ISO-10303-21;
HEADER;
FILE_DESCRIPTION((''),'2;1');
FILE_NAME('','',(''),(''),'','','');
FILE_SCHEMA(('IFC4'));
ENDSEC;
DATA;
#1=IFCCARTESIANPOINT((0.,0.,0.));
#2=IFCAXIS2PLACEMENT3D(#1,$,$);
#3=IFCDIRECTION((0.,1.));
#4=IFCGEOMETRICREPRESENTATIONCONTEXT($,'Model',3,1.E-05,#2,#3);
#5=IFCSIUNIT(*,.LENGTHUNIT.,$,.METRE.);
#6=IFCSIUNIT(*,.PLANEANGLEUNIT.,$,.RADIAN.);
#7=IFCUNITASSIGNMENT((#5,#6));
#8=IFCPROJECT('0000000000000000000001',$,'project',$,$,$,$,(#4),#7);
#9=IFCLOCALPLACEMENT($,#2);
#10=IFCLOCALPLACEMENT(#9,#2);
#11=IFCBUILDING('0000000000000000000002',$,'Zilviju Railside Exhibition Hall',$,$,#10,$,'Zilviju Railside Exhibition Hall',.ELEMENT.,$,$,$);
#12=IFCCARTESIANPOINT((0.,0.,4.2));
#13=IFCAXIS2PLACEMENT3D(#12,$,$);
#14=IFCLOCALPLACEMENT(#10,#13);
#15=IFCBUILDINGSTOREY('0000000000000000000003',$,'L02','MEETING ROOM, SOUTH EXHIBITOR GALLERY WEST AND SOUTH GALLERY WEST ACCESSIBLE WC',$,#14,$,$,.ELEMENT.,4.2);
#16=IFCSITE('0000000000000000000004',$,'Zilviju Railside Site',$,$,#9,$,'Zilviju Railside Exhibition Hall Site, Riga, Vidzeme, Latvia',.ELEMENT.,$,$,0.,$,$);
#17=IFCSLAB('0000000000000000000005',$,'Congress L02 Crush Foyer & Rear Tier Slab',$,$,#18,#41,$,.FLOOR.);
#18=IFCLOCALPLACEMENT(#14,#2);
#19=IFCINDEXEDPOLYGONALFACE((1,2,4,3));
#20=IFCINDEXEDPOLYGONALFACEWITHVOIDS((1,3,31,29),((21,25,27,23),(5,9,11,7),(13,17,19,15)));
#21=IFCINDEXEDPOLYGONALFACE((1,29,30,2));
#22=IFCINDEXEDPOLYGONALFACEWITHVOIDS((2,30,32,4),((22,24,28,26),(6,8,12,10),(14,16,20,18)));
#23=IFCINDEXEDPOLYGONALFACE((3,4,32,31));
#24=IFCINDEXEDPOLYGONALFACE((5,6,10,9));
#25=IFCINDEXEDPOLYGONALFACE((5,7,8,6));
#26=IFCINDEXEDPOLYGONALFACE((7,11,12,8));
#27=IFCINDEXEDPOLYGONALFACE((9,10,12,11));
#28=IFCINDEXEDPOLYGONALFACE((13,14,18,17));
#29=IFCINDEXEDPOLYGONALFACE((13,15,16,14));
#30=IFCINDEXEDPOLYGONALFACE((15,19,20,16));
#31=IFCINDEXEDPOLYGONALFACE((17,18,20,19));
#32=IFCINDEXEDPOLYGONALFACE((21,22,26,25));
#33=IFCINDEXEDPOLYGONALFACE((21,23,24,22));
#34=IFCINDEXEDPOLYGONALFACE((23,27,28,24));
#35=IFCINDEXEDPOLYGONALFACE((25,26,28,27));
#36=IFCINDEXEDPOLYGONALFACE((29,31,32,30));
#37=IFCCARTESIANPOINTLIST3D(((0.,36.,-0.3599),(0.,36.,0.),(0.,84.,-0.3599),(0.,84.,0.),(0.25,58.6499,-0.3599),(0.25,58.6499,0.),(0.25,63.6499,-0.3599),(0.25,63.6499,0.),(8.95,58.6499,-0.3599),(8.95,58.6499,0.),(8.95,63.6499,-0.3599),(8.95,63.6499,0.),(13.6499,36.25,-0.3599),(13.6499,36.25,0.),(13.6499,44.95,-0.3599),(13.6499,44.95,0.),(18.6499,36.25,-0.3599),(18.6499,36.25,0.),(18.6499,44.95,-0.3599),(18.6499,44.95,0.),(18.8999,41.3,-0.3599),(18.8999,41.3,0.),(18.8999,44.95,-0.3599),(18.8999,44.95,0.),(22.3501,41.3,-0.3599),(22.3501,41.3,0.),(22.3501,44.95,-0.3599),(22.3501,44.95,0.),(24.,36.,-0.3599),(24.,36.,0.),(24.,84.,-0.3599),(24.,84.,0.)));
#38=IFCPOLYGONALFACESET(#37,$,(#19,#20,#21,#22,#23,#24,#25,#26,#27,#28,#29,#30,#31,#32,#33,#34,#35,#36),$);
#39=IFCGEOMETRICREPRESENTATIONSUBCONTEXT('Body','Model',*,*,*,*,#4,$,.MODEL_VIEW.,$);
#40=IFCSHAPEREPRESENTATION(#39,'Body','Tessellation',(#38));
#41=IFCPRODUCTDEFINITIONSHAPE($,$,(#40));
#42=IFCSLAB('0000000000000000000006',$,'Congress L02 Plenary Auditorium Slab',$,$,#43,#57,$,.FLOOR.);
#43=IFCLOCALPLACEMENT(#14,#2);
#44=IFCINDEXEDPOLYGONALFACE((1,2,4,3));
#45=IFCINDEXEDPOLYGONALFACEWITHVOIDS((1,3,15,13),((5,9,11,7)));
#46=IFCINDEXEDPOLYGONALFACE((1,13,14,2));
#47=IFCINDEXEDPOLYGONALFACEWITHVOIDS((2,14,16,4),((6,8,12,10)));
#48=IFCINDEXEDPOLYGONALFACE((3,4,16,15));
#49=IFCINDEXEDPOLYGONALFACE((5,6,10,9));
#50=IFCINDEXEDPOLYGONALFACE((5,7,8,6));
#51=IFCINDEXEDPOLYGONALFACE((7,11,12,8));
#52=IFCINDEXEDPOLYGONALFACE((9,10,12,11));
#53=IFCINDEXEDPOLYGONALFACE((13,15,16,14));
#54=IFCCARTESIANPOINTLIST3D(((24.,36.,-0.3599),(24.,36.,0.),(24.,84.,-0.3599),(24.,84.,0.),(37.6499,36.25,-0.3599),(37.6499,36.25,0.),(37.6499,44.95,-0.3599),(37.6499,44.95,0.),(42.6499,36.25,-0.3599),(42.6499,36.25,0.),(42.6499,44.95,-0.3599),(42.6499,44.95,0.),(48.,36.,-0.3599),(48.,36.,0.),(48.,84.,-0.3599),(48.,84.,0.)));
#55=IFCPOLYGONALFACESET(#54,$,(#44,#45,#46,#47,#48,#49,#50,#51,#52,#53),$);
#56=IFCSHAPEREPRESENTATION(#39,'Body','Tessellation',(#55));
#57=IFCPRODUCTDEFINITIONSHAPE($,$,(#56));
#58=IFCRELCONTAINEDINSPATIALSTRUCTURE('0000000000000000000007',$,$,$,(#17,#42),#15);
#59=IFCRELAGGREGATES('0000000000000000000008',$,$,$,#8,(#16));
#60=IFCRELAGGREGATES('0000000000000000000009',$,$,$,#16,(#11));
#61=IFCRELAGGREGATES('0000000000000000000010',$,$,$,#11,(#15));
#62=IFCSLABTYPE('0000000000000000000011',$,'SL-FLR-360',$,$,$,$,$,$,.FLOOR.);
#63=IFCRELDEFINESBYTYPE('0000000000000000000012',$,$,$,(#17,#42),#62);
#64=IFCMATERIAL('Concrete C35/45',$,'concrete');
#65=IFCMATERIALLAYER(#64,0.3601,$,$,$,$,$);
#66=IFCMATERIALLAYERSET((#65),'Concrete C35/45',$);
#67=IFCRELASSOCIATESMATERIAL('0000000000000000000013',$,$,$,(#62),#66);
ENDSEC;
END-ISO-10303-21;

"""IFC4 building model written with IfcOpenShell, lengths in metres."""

from ifc_helpers import new_model, si_unit, direction, frame, origin, place, context, subcontext, project, spatial, polyline, outline, extrude, material, layer, layer_set, type_object, element, save


model = new_model("IFC4")

# Units and contexts
model_context = context("Model", 3, precision=1e-05, world=origin(), true_north=direction((0.0, 1.0)))
body_context = subcontext(model_context, "Body", "Model", "MODEL_VIEW")
ifc_project = project(units=[si_unit("LENGTHUNIT", "METRE"), si_unit("PLANEANGLEUNIT", "RADIAN")], contexts=[model_context])

# Site, building, storey
site_placement = place(None, origin())
site = spatial("IfcSite", under=ifc_project, at=site_placement, Name="Zilviju Railside Site", LongName="Zilviju Railside Exhibition Hall Site, Riga, Vidzeme, Latvia", CompositionType="ELEMENT", RefElevation=0.0)
building_placement = place(site_placement, origin())
building = spatial("IfcBuilding", under=site, at=building_placement, Name="Zilviju Railside Exhibition Hall", LongName="Zilviju Railside Exhibition Hall", CompositionType="ELEMENT")
storey_placement = place(building_placement, frame((0.0, 0.0, 4.2)))
storey = spatial("IfcBuildingStorey", under=building, at=storey_placement, Name="L02", Description="MEETING ROOM, SOUTH EXHIBITOR GALLERY WEST AND SOUTH GALLERY WEST ACCESSIBLE WC", CompositionType="ELEMENT", Elevation=4.2)

# Slabs
ifc_material = material(Name="Concrete C35/45", Category="concrete")
ifc_layer_1 = layer(ifc_material, 0.3601)
ifc_layer_set_1 = layer_set([ifc_layer_1], Name="Concrete C35/45")
slab_type_1 = type_object("IfcSlabType", Name="SL-FLR-360", PredefinedType="FLOOR", material=ifc_layer_set_1)
slab_1_placement = place(storey_placement, frame((0.0, 0.0, -0.3599)))
element("IfcSlab", 1, at=slab_1_placement, inside=storey, type_object=slab_type_1, Name="Congress L02 Crush Foyer & Rear Tier Slab", PredefinedType="FLOOR", context=body_context, shape_type="SweptSolid", body=[
    extrude(outline(polyline([(0.0, 36.0), (24.0, 36.0), (24.0, 84.0), (0.0, 84.0), (0.0, 36.0)]), holes=[polyline([(13.6499, 36.25), (18.6499, 36.25), (18.6499, 44.95), (13.6499, 44.95), (13.6499, 36.25)]), polyline([(18.8999, 41.3), (22.3501, 41.3), (22.3501, 44.95), (18.8999, 44.95), (18.8999, 41.3)]), polyline([(0.25, 58.6499), (8.95, 58.6499), (8.95, 63.6499), (0.25, 63.6499), (0.25, 58.6499)])]), origin(), (0.0, 0.0, 1.0), 0.3599),
])
slab_2_placement = place(storey_placement, frame((0.0, 0.0, -0.3599)))
element("IfcSlab", 2, at=slab_2_placement, inside=storey, type_object=slab_type_1, Name="Congress L02 Plenary Auditorium Slab", PredefinedType="FLOOR", context=body_context, shape_type="SweptSolid", body=[
    extrude(outline(polyline([(24.0, 36.0), (48.0, 36.0), (48.0, 84.0), (24.0, 84.0), (24.0, 36.0)]), holes=[polyline([(37.6499, 36.25), (42.6499, 36.25), (42.6499, 44.95), (37.6499, 44.95), (37.6499, 36.25)])]), origin(), (0.0, 0.0, 1.0), 0.3599),
])

save(model, "model.ifc")
